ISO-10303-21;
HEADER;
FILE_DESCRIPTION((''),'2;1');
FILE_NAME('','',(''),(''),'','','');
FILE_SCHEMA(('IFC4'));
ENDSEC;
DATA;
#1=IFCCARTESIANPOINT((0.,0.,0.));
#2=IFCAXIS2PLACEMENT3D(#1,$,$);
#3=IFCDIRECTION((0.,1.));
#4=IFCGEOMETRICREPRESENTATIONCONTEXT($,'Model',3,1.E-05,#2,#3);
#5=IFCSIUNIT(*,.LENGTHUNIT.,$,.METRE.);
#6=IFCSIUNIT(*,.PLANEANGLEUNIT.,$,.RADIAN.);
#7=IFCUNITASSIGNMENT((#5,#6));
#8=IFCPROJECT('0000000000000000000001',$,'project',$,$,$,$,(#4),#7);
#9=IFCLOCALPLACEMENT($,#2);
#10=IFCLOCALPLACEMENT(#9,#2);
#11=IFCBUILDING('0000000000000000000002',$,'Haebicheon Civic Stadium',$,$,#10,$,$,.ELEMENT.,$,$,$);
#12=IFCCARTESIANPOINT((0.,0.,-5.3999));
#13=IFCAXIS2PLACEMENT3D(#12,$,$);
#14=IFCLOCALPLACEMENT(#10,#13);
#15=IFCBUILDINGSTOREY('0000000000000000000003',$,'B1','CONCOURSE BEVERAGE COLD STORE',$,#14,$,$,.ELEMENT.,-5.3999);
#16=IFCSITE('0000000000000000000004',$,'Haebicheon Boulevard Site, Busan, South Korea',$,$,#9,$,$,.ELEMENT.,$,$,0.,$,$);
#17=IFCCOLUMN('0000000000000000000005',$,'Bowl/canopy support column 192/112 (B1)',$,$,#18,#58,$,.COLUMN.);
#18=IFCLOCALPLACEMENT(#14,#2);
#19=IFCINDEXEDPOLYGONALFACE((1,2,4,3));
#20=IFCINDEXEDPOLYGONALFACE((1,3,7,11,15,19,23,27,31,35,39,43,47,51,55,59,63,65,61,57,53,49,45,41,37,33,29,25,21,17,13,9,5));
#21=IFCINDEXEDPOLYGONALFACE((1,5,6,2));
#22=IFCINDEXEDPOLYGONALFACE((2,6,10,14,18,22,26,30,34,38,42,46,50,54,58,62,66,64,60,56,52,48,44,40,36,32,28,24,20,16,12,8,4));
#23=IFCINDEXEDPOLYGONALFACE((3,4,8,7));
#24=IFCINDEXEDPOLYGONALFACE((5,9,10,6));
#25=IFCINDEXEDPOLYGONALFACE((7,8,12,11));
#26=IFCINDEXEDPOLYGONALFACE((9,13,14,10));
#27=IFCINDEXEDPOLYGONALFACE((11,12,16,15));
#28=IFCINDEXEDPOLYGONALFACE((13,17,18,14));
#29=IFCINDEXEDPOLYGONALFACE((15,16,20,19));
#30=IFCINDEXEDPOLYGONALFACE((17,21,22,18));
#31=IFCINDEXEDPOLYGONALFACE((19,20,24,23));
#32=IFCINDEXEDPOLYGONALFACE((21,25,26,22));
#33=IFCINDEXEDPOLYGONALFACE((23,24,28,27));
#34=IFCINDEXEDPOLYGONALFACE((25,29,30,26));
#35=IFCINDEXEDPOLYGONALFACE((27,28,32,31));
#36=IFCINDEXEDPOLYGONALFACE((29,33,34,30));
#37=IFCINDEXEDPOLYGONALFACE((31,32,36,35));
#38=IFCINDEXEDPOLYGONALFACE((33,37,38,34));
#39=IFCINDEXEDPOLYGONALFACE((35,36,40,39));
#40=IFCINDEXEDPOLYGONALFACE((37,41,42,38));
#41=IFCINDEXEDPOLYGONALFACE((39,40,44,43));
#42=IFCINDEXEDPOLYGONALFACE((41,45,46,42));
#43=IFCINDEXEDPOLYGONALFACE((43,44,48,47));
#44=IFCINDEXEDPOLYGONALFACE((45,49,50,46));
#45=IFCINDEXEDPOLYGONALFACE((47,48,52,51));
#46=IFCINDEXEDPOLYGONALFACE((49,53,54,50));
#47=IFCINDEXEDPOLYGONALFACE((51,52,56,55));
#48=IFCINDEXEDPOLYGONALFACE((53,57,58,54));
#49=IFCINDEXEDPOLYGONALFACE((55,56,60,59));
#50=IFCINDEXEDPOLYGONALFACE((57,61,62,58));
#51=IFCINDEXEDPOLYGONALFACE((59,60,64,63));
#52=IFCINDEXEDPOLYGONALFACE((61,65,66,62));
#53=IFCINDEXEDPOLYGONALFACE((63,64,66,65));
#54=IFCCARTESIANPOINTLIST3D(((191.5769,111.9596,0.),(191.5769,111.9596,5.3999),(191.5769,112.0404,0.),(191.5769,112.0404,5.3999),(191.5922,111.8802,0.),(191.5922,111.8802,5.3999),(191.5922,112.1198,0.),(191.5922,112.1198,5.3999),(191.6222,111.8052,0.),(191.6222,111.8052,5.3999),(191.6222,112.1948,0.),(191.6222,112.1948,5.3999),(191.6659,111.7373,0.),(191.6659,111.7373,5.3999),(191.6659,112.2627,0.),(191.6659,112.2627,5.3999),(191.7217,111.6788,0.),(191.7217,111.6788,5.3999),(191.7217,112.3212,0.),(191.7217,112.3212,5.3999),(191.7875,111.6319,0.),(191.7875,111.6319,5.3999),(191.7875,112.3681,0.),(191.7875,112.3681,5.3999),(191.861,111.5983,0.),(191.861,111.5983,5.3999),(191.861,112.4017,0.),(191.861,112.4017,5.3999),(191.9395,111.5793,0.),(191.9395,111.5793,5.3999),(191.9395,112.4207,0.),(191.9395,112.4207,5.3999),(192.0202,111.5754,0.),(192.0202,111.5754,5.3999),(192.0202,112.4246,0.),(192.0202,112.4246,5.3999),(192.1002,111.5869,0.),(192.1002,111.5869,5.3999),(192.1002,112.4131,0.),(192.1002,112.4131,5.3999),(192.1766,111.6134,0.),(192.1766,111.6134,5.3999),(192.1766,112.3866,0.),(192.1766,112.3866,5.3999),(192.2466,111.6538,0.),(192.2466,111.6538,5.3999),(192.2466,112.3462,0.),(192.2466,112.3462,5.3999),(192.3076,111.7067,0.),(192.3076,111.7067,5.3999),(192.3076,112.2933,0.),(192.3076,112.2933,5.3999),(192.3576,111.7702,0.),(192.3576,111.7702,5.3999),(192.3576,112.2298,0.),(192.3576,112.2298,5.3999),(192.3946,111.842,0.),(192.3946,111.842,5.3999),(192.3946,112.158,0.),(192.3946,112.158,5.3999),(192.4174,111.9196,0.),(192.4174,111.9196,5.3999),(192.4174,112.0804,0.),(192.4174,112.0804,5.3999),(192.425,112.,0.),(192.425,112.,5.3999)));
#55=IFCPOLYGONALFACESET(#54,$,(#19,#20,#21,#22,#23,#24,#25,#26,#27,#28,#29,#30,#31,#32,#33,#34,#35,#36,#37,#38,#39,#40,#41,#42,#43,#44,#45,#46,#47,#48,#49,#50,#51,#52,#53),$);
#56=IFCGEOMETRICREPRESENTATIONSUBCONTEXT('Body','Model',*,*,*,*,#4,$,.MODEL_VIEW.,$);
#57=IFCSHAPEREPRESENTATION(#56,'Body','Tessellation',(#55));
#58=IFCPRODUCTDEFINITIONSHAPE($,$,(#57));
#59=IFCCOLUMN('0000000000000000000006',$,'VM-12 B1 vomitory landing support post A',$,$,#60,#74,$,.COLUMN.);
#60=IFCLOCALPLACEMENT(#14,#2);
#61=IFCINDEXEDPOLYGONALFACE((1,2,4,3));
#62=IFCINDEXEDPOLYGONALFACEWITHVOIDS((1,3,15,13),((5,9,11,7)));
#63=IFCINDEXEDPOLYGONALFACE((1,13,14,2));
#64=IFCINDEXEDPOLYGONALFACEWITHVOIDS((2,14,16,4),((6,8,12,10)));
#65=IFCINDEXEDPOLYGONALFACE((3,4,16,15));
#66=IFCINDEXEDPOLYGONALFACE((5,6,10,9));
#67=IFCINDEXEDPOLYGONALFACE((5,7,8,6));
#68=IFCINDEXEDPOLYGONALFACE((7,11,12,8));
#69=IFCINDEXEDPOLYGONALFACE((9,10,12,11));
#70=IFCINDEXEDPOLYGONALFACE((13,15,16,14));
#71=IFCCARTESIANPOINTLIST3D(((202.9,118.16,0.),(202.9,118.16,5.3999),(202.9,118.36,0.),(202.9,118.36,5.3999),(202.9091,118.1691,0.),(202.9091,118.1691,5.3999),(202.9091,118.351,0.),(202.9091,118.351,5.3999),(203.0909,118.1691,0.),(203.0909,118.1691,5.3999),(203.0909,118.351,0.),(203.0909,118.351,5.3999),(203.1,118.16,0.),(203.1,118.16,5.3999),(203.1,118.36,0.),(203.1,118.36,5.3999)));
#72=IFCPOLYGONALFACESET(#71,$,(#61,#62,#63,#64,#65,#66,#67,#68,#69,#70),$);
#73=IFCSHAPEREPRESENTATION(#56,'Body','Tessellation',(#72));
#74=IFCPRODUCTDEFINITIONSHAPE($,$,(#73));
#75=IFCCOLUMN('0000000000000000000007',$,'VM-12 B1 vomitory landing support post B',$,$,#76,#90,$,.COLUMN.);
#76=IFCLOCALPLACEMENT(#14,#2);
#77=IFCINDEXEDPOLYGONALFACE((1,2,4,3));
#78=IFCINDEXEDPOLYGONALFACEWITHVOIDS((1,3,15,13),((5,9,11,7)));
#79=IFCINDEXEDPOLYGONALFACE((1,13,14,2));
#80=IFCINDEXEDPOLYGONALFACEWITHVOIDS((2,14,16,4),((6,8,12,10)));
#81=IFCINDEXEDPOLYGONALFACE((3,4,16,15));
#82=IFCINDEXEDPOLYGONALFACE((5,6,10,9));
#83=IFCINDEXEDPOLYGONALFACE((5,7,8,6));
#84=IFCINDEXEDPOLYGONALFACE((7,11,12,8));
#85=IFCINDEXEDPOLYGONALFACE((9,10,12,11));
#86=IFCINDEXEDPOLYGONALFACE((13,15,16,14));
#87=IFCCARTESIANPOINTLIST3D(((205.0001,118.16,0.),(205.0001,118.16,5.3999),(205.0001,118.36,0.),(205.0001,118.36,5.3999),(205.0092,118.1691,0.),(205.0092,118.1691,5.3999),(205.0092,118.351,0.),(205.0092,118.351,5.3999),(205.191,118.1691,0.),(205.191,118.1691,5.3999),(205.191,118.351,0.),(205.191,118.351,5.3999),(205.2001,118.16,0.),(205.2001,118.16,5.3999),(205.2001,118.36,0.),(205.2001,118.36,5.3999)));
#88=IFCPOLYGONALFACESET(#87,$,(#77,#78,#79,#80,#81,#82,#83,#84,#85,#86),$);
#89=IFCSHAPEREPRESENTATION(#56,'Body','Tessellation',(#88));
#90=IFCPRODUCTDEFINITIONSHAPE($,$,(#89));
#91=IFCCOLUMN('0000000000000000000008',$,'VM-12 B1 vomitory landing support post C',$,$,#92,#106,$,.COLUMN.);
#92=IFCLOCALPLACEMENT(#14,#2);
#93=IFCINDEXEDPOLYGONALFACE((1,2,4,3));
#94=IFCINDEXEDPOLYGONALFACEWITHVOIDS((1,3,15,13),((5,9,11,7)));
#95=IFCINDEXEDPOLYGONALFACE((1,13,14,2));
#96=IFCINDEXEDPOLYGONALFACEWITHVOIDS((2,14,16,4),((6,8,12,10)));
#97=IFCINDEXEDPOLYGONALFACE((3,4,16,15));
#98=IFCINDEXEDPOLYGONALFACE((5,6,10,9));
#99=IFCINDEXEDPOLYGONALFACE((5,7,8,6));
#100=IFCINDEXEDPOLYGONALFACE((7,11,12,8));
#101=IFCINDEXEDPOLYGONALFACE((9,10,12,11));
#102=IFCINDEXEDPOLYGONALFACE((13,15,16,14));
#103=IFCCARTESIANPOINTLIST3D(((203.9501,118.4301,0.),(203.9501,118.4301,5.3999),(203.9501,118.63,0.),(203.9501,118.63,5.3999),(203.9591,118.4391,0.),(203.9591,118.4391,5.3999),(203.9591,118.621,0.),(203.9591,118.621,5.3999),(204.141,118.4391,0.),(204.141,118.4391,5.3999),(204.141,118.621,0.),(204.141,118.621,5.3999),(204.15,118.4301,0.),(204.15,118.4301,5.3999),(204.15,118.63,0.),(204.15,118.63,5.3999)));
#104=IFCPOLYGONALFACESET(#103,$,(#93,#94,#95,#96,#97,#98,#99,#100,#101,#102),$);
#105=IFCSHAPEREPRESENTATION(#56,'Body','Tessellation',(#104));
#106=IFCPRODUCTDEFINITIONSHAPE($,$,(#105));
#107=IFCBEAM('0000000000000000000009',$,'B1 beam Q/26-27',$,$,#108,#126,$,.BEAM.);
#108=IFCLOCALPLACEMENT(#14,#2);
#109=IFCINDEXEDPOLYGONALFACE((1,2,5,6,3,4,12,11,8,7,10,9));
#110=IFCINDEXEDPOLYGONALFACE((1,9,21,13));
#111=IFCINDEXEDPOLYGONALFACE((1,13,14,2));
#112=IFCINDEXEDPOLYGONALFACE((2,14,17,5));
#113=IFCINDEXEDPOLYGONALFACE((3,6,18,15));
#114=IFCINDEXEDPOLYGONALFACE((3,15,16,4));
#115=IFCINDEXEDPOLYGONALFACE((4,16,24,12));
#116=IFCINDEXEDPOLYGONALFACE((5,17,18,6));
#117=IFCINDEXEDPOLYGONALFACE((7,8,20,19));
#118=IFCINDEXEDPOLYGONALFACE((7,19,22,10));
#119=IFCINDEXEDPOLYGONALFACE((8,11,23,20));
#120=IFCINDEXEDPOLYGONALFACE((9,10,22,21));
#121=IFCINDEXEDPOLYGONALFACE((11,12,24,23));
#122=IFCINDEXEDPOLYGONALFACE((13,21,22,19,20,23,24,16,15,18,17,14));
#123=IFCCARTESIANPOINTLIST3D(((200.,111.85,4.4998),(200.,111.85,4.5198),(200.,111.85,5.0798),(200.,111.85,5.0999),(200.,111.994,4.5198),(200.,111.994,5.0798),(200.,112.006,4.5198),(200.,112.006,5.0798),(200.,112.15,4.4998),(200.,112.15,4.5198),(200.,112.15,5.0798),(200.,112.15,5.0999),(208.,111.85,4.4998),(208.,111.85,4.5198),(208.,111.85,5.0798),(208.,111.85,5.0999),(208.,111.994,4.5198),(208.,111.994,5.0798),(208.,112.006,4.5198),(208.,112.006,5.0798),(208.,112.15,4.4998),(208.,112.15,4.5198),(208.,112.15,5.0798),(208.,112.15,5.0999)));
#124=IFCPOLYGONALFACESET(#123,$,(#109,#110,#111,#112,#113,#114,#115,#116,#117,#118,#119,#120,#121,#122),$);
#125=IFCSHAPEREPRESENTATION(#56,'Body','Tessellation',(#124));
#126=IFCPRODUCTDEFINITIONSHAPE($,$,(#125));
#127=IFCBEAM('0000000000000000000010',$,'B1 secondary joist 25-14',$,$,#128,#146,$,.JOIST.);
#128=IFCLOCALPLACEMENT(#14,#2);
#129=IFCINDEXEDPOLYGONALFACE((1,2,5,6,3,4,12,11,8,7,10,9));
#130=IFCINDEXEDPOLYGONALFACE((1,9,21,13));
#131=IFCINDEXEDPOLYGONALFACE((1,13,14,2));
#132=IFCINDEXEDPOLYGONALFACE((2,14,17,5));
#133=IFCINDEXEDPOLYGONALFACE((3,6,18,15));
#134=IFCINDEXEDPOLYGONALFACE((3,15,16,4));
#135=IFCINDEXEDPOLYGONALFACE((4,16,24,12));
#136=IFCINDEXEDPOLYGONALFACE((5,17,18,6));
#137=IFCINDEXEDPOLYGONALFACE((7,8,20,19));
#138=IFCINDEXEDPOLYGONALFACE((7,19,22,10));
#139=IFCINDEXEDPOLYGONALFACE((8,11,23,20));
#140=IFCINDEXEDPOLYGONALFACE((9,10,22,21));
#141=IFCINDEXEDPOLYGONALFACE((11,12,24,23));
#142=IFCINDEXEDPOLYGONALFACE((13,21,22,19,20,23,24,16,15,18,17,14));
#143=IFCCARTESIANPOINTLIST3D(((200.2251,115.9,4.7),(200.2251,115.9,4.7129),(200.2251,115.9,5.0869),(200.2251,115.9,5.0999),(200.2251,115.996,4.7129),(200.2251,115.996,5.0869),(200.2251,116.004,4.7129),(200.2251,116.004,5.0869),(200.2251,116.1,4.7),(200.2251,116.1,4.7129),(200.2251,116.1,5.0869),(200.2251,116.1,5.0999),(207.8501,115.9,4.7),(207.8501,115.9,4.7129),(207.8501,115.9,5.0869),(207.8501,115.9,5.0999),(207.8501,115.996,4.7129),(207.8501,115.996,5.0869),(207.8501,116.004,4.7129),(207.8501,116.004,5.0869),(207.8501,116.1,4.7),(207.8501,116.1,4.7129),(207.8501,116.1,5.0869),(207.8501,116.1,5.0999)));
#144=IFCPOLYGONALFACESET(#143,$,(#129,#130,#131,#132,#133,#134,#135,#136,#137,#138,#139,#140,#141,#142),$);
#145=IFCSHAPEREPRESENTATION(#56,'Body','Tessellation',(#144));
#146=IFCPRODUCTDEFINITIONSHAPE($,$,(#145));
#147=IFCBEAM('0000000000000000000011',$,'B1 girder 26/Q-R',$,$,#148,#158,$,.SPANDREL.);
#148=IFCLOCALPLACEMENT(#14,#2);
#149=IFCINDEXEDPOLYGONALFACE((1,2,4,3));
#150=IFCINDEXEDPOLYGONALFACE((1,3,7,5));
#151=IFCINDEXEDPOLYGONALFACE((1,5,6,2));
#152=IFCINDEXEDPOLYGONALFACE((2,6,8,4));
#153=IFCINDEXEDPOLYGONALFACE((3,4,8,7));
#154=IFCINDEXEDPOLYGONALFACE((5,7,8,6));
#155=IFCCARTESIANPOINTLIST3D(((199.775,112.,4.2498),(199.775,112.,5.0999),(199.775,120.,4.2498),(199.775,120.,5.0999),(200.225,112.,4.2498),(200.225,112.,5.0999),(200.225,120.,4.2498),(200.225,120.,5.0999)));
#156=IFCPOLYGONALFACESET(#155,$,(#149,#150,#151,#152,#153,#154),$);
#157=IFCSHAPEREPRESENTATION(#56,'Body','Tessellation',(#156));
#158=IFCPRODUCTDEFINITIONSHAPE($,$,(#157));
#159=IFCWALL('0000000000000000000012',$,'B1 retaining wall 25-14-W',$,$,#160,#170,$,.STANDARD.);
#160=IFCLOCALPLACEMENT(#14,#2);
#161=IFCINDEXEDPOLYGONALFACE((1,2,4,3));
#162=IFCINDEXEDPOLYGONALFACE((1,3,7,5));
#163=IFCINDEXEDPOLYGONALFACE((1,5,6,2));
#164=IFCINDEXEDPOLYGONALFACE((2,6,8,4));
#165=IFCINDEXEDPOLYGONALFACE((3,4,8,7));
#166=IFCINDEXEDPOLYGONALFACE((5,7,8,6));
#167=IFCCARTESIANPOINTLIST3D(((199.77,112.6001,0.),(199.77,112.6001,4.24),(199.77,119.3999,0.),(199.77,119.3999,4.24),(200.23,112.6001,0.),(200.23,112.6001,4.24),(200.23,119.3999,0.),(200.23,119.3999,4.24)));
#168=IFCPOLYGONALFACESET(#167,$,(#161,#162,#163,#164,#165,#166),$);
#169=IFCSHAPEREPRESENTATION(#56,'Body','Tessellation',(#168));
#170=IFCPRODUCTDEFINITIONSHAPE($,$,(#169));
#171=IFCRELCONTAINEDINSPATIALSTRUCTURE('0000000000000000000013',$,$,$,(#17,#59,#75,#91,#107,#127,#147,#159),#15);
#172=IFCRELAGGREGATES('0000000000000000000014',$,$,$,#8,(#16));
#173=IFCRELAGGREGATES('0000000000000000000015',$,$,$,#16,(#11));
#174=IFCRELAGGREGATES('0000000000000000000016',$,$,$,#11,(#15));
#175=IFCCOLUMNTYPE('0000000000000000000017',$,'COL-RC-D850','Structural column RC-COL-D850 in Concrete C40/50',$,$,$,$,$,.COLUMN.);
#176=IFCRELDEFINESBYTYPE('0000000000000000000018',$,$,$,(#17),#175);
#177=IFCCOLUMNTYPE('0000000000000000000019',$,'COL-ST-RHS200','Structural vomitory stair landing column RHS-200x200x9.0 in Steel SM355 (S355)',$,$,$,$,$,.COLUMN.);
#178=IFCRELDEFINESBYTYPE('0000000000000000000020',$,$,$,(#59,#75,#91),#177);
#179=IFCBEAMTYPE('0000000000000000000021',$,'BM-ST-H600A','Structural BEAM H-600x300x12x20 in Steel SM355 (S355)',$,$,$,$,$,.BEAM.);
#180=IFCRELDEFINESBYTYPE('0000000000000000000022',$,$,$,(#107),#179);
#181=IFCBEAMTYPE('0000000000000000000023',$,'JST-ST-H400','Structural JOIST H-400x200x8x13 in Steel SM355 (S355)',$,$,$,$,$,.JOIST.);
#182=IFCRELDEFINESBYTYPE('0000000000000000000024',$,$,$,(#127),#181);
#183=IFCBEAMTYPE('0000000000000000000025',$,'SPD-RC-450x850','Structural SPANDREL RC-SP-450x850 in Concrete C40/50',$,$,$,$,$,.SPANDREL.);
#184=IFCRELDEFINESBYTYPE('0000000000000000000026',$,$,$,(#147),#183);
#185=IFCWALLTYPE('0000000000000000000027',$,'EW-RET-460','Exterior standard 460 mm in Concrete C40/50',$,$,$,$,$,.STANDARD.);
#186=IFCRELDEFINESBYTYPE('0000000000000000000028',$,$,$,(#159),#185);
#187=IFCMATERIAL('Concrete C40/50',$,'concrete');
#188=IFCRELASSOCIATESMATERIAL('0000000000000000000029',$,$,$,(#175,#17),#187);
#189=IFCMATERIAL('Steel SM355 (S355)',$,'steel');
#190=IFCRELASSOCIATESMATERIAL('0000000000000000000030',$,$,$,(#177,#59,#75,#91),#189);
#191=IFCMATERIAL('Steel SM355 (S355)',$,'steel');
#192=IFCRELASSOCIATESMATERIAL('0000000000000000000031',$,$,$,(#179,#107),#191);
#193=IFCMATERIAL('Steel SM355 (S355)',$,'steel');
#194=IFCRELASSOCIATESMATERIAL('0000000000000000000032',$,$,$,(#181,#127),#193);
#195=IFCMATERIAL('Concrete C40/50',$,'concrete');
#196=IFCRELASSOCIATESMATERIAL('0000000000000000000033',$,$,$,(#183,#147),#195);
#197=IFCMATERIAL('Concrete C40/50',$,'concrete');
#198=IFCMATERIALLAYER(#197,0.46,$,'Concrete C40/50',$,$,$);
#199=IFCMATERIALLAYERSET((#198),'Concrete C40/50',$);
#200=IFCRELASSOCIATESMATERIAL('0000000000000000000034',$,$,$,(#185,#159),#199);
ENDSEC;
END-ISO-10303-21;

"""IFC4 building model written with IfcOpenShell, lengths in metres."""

from ifc_helpers import new_model, si_unit, direction, frame, frame_2d, origin, origin_2d, place, context, subcontext, project, spatial, rectangle, hollow_rectangle, circle, i_section, extrude, material, layer, layer_set, material_profile, profile_set, type_object, element, save


model = new_model("IFC4")

# Units and contexts
model_context = context("Model", 3, precision=1e-05, world=origin(), true_north=direction((0.0, 1.0)))
body_context = subcontext(model_context, "Body", "Model", "MODEL_VIEW")
ifc_project = project(units=[si_unit("LENGTHUNIT", "METRE"), si_unit("PLANEANGLEUNIT", "RADIAN")], contexts=[model_context])

# Site, building, storey
site_placement = place(None, origin())
site = spatial("IfcSite", under=ifc_project, at=site_placement, Name="Haebicheon Boulevard Site, Busan, South Korea", CompositionType="ELEMENT", RefElevation=0.0)
building_placement = place(site_placement, origin())
building = spatial("IfcBuilding", under=site, at=building_placement, Name="Haebicheon Civic Stadium", CompositionType="ELEMENT")
storey_placement = place(building_placement, frame((0.0, 0.0, -5.3999)))
storey = spatial("IfcBuildingStorey", under=building, at=storey_placement, Name="B1", Description="CONCOURSE BEVERAGE COLD STORE", CompositionType="ELEMENT", Elevation=-5.3999)

# Columns
ifc_material_1 = material(Name="Concrete C40/50", Category="concrete")
ifc_material_profile_1 = material_profile(ifc_material_1, circle(Radius=0.425, at=origin_2d()), Name="RC-COL-D850")
ifc_profile_set_1 = profile_set([ifc_material_profile_1], Name="Concrete C40/50")
column_type_1 = type_object("IfcColumnType", Name="COL-RC-D850", Description="Structural column RC-COL-D850 in Concrete C40/50", PredefinedType="COLUMN", material=ifc_profile_set_1)
column_1_placement = place(storey_placement, frame((192.0, 112.0, 0.0), z_axis=(0.0, 0.0, 1.0), x_axis=(1.0, 0.0, 0.0)))
element("IfcColumn", 1, at=column_1_placement, inside=storey, type_object=column_type_1, material=ifc_profile_set_1, Name="Bowl/canopy support column 192/112 (B1)", PredefinedType="COLUMN", context=body_context, shape_type="SweptSolid", body=[
    extrude(circle(Radius=0.425, at=origin_2d()), origin(), (0.0, 0.0, 1.0), 5.3999),
])
ifc_material_2 = material(Name="Steel SM355 (S355)", Category="steel")
ifc_material_profile_2 = material_profile(ifc_material_2, hollow_rectangle(XDim=0.2, YDim=0.2, WallThickness=0.009, at=origin_2d()), Name="RHS-200x200x9.0")
ifc_profile_set_2 = profile_set([ifc_material_profile_2], Name="Steel SM355 (S355)")
column_type_2 = type_object("IfcColumnType", Name="COL-ST-RHS200", Description="Structural vomitory stair landing column RHS-200x200x9.0 in Steel SM355 (S355)", PredefinedType="COLUMN", material=ifc_profile_set_2)
for number, where, z_axis, x_axis, name in (
    (2, (203.0, 118.26, 0.0), (0.0, 0.0, 1.0), (1.0, 0.0, 0.0), "VM-12 B1 vomitory landing support post A"),
    (3, (205.1001, 118.26, 0.0), (0.0, 0.0, 1.0), (1.0, 0.0, 0.0), "VM-12 B1 vomitory landing support post B"),
    (4, (204.05, 118.53, 0.0), (0.0, 0.0, 1.0), (1.0, 0.0, 0.0), "VM-12 B1 vomitory landing support post C"),
):
    element("IfcColumn", number, at=place(storey_placement, frame(where, z_axis=z_axis, x_axis=x_axis)), inside=storey, type_object=column_type_2, material=ifc_profile_set_2, Name=name, PredefinedType="COLUMN", context=body_context, shape_type="SweptSolid", body=[
        extrude(hollow_rectangle(XDim=0.2, YDim=0.2, WallThickness=0.009, at=origin_2d()), origin(), (0.0, 0.0, 1.0), 5.3999),
    ])

# Beams
ifc_material_3 = material(Name="Steel SM355 (S355)", Category="steel")
ifc_material_profile_3 = material_profile(ifc_material_3, i_section(OverallWidth=0.3, OverallDepth=0.6001, WebThickness=0.012, FlangeThickness=0.02, at=origin_2d()), Name="H-600x300x12x20")
ifc_profile_set_3 = profile_set([ifc_material_profile_3], Name="Steel SM355 (S355)")
beam_type_1 = type_object("IfcBeamType", Name="BM-ST-H600A", Description="Structural BEAM H-600x300x12x20 in Steel SM355 (S355)", PredefinedType="BEAM", material=ifc_profile_set_3)
beam_1_placement = place(storey_placement, frame((200.0, 112.0, 4.7998), z_axis=(1.0, 0.0, 0.0), x_axis=(0.0, 1.0, 0.0)))
element("IfcBeam", 5, at=beam_1_placement, inside=storey, type_object=beam_type_1, material=ifc_profile_set_3, Name="B1 beam Q/26-27", PredefinedType="BEAM", context=body_context, shape_type="SweptSolid", body=[
    extrude(i_section(OverallWidth=0.3, OverallDepth=0.6001, WebThickness=0.012, FlangeThickness=0.02, at=origin_2d()), origin(), (0.0, 0.0, 1.0), 8.0),
])
ifc_material_4 = material(Name="Steel SM355 (S355)", Category="steel")
ifc_material_profile_4 = material_profile(ifc_material_4, i_section(OverallWidth=0.2, OverallDepth=0.3999, WebThickness=0.0081, FlangeThickness=0.0129, at=origin_2d()), Name="H-400x200x8x13")
ifc_profile_set_4 = profile_set([ifc_material_profile_4], Name="Steel SM355 (S355)")
beam_type_2 = type_object("IfcBeamType", Name="JST-ST-H400", Description="Structural JOIST H-400x200x8x13 in Steel SM355 (S355)", PredefinedType="JOIST", material=ifc_profile_set_4)
beam_2_placement = place(storey_placement, frame((200.2251, 116.0, 4.8999), z_axis=(1.0, 0.0, 0.0), x_axis=(0.0, 1.0, 0.0)))
element("IfcBeam", 6, at=beam_2_placement, inside=storey, type_object=beam_type_2, material=ifc_profile_set_4, Name="B1 secondary joist 25-14", PredefinedType="JOIST", context=body_context, shape_type="SweptSolid", body=[
    extrude(i_section(OverallWidth=0.2, OverallDepth=0.3999, WebThickness=0.0081, FlangeThickness=0.0129, at=origin_2d()), origin(), (0.0, 0.0, 1.0), 7.625),
])
ifc_material_5 = material(Name="Concrete C40/50", Category="concrete")
ifc_material_profile_5 = material_profile(ifc_material_5, rectangle(XDim=0.45, YDim=0.8501, at=origin_2d()), Name="RC-SP-450x850")
ifc_profile_set_5 = profile_set([ifc_material_profile_5], Name="Concrete C40/50")
beam_type_3 = type_object("IfcBeamType", Name="SPD-RC-450x850", Description="Structural SPANDREL RC-SP-450x850 in Concrete C40/50", PredefinedType="SPANDREL", material=ifc_profile_set_5)
beam_3_placement = place(storey_placement, frame((200.0, 112.0, 4.6748), z_axis=(0.0, 1.0, 0.0), x_axis=(-1.0, 0.0, 0.0)))
element("IfcBeam", 7, at=beam_3_placement, inside=storey, type_object=beam_type_3, material=ifc_profile_set_5, Name="B1 girder 26/Q-R", PredefinedType="SPANDREL", context=body_context, shape_type="SweptSolid", body=[
    extrude(rectangle(XDim=0.45, YDim=0.8501, at=origin_2d()), origin(), (0.0, 0.0, 1.0), 8.0),
])

# Wall
ifc_material_6 = material(Name="Concrete C40/50", Category="concrete")
ifc_layer_1 = layer(ifc_material_6, 0.46, Name="Concrete C40/50")
ifc_layer_set_1 = layer_set([ifc_layer_1], Name="Concrete C40/50")
wall_type = type_object("IfcWallType", Name="EW-RET-460", Description="Exterior standard 460 mm in Concrete C40/50", PredefinedType="STANDARD", material=ifc_layer_set_1)
wall_placement = place(storey_placement, frame((200.0, 112.6001, 0.0), z_axis=(0.0, 0.0, 1.0), x_axis=(0.0, 1.0, 0.0)))
element("IfcWall", 8, at=wall_placement, inside=storey, type_object=wall_type, material=ifc_layer_set_1, Name="B1 retaining wall 25-14-W", PredefinedType="STANDARD", context=body_context, shape_type="SweptSolid", body=[
    extrude(rectangle(XDim=6.7998, YDim=0.46, at=frame_2d((3.3999, 0.0))), origin(), (0.0, 0.0, 1.0), 4.24),
])

save(model, "model.ifc")
